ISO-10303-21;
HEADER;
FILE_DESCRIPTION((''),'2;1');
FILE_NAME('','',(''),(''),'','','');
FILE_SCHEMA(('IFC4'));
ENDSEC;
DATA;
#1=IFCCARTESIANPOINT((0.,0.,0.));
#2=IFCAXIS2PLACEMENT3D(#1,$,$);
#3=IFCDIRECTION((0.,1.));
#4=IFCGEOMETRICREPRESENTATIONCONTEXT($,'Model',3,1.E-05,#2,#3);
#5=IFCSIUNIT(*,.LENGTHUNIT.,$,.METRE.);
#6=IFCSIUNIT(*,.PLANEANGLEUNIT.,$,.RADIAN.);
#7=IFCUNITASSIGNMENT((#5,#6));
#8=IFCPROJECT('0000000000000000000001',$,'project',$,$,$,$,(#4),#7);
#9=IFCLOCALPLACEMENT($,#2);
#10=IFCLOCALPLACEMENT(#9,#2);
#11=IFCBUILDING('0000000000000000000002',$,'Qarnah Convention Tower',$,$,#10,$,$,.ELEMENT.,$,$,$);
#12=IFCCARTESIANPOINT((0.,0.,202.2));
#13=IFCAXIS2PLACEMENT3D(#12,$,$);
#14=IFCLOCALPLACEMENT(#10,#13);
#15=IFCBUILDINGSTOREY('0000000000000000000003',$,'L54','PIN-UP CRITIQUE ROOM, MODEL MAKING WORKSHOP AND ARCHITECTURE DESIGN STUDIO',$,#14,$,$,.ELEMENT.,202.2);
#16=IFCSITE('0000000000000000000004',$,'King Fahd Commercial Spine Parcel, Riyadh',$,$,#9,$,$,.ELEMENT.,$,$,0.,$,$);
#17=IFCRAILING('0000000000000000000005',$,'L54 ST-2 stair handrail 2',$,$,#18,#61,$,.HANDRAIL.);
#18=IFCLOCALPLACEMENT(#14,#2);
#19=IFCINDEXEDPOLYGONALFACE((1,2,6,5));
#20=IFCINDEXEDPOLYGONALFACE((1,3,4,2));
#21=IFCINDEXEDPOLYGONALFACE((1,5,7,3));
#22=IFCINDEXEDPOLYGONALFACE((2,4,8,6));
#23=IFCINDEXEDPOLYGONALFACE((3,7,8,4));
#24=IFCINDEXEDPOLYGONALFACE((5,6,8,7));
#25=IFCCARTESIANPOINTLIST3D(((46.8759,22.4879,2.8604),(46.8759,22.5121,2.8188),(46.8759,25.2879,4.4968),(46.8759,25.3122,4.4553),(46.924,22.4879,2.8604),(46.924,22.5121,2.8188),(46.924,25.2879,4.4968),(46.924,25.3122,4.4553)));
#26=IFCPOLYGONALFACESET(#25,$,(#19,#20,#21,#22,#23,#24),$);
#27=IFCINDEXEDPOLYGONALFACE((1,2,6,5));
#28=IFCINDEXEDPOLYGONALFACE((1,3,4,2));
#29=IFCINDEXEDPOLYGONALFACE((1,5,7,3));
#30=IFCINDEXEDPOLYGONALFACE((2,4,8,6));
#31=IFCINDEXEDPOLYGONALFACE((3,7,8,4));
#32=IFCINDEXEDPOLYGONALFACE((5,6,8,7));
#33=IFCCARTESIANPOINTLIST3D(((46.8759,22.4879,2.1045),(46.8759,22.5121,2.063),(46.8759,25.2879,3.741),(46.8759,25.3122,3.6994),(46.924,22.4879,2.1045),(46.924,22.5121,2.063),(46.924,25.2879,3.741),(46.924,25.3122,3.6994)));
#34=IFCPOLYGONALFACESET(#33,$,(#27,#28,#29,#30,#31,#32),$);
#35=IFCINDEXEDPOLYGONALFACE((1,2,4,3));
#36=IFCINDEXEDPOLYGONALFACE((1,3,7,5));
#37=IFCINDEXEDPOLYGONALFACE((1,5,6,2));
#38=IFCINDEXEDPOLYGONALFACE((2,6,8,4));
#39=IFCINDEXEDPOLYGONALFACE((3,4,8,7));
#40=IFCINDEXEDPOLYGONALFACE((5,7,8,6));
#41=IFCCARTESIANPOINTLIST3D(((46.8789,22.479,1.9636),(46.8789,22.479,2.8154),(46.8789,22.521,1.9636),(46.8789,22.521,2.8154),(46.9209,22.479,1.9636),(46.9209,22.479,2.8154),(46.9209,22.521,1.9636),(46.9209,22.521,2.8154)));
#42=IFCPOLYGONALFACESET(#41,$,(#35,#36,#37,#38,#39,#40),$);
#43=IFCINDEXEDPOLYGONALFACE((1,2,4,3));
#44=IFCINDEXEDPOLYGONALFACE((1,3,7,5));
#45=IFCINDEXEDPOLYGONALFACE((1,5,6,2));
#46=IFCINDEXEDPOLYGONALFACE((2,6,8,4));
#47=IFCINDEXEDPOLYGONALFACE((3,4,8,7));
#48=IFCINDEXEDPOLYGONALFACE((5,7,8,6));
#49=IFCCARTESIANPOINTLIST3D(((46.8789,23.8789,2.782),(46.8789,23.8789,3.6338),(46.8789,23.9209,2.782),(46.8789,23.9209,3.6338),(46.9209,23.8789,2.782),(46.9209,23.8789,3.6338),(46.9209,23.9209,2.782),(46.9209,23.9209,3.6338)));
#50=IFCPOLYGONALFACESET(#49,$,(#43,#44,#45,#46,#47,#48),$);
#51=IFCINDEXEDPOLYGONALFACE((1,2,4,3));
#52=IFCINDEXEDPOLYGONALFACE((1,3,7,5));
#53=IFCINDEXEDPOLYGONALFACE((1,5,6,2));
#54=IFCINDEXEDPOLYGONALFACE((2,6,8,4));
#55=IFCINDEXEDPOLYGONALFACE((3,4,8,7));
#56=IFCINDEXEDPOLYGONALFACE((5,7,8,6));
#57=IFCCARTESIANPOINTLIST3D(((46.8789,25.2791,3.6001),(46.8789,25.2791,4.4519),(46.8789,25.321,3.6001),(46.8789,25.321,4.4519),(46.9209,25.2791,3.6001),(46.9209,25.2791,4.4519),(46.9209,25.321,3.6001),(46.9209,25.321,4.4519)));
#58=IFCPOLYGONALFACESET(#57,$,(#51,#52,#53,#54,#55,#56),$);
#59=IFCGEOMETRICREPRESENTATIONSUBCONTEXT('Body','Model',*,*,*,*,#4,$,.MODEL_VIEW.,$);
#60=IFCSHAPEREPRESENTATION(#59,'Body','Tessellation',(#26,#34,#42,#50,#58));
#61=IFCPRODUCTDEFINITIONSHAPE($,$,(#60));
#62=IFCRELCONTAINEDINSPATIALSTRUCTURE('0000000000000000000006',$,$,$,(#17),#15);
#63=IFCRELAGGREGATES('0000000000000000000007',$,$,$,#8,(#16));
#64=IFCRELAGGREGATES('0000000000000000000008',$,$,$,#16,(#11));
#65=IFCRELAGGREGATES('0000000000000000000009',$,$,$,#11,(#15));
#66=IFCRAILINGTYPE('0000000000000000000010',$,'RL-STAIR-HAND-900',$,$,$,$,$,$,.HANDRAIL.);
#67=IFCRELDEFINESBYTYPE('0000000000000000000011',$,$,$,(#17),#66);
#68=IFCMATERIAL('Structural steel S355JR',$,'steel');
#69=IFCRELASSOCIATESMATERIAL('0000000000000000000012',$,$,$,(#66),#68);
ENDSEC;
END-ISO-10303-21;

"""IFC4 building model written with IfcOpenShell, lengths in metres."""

from ifc_helpers import new_model, si_unit, direction, frame, origin, origin_2d, place, context, subcontext, project, spatial, rectangle, extrude, material, type_object, element, save


model = new_model("IFC4")

# Units and contexts
model_context = context("Model", 3, precision=1e-05, world=origin(), true_north=direction((0.0, 1.0)))
body_context = subcontext(model_context, "Body", "Model", "MODEL_VIEW")
ifc_project = project(units=[si_unit("LENGTHUNIT", "METRE"), si_unit("PLANEANGLEUNIT", "RADIAN")], contexts=[model_context])

# Site, building, storey
site_placement = place(None, origin())
site = spatial("IfcSite", under=ifc_project, at=site_placement, Name="King Fahd Commercial Spine Parcel, Riyadh", CompositionType="ELEMENT", RefElevation=0.0)
building_placement = place(site_placement, origin())
building = spatial("IfcBuilding", under=site, at=building_placement, Name="Qarnah Convention Tower", CompositionType="ELEMENT")
storey_placement = place(building_placement, frame((0.0, 0.0, 202.2)))
storey = spatial("IfcBuildingStorey", under=building, at=storey_placement, Name="L54", Description="PIN-UP CRITIQUE ROOM, MODEL MAKING WORKSHOP AND ARCHITECTURE DESIGN STUDIO", CompositionType="ELEMENT", Elevation=202.2)

# Shared definitions
ifc_material_1 = material(Name="Structural steel S355JR", Category="steel")

# Railing
railing_type_1 = type_object("IfcRailingType", Name="RL-STAIR-HAND-900", PredefinedType="HANDRAIL", material=ifc_material_1)
railing_1_placement = place(storey_placement, frame((46.8999, 22.5, 1.9636)))
element("IfcRailing", 1, at=railing_1_placement, inside=storey, type_object=railing_type_1, Name="L54 ST-2 stair handrail 2", PredefinedType="HANDRAIL", context=body_context, shape_type="SweptSolid", body=[
    extrude(rectangle(XDim=0.0481, YDim=0.0481, at=origin_2d()), frame((0.0, 0.0, 0.876), z_axis=(0.0, 0.863361, 0.504587), x_axis=(-1.0, 0.0, 0.0)), (0.0, 0.0, 1.0), 3.2432),
    extrude(rectangle(XDim=0.0481, YDim=0.0481, at=origin_2d()), frame((0.0, 0.0, 0.1201), z_axis=(0.0, 0.863361, 0.504587), x_axis=(-1.0, 0.0, 0.0)), (0.0, 0.0, 1.0), 3.2432),
    extrude(rectangle(XDim=0.042, YDim=0.042, at=origin_2d()), origin(), (0.0, 0.0, 1.0), 0.8518),
    extrude(rectangle(XDim=0.042, YDim=0.042, at=origin_2d()), frame((0.0, 1.3999, 0.8184)), (0.0, 0.0, 1.0), 0.8518),
    extrude(rectangle(XDim=0.042, YDim=0.042, at=origin_2d()), frame((0.0, 2.8, 1.6365)), (0.0, 0.0, 1.0), 0.8518),
])

save(model, "model.ifc")
